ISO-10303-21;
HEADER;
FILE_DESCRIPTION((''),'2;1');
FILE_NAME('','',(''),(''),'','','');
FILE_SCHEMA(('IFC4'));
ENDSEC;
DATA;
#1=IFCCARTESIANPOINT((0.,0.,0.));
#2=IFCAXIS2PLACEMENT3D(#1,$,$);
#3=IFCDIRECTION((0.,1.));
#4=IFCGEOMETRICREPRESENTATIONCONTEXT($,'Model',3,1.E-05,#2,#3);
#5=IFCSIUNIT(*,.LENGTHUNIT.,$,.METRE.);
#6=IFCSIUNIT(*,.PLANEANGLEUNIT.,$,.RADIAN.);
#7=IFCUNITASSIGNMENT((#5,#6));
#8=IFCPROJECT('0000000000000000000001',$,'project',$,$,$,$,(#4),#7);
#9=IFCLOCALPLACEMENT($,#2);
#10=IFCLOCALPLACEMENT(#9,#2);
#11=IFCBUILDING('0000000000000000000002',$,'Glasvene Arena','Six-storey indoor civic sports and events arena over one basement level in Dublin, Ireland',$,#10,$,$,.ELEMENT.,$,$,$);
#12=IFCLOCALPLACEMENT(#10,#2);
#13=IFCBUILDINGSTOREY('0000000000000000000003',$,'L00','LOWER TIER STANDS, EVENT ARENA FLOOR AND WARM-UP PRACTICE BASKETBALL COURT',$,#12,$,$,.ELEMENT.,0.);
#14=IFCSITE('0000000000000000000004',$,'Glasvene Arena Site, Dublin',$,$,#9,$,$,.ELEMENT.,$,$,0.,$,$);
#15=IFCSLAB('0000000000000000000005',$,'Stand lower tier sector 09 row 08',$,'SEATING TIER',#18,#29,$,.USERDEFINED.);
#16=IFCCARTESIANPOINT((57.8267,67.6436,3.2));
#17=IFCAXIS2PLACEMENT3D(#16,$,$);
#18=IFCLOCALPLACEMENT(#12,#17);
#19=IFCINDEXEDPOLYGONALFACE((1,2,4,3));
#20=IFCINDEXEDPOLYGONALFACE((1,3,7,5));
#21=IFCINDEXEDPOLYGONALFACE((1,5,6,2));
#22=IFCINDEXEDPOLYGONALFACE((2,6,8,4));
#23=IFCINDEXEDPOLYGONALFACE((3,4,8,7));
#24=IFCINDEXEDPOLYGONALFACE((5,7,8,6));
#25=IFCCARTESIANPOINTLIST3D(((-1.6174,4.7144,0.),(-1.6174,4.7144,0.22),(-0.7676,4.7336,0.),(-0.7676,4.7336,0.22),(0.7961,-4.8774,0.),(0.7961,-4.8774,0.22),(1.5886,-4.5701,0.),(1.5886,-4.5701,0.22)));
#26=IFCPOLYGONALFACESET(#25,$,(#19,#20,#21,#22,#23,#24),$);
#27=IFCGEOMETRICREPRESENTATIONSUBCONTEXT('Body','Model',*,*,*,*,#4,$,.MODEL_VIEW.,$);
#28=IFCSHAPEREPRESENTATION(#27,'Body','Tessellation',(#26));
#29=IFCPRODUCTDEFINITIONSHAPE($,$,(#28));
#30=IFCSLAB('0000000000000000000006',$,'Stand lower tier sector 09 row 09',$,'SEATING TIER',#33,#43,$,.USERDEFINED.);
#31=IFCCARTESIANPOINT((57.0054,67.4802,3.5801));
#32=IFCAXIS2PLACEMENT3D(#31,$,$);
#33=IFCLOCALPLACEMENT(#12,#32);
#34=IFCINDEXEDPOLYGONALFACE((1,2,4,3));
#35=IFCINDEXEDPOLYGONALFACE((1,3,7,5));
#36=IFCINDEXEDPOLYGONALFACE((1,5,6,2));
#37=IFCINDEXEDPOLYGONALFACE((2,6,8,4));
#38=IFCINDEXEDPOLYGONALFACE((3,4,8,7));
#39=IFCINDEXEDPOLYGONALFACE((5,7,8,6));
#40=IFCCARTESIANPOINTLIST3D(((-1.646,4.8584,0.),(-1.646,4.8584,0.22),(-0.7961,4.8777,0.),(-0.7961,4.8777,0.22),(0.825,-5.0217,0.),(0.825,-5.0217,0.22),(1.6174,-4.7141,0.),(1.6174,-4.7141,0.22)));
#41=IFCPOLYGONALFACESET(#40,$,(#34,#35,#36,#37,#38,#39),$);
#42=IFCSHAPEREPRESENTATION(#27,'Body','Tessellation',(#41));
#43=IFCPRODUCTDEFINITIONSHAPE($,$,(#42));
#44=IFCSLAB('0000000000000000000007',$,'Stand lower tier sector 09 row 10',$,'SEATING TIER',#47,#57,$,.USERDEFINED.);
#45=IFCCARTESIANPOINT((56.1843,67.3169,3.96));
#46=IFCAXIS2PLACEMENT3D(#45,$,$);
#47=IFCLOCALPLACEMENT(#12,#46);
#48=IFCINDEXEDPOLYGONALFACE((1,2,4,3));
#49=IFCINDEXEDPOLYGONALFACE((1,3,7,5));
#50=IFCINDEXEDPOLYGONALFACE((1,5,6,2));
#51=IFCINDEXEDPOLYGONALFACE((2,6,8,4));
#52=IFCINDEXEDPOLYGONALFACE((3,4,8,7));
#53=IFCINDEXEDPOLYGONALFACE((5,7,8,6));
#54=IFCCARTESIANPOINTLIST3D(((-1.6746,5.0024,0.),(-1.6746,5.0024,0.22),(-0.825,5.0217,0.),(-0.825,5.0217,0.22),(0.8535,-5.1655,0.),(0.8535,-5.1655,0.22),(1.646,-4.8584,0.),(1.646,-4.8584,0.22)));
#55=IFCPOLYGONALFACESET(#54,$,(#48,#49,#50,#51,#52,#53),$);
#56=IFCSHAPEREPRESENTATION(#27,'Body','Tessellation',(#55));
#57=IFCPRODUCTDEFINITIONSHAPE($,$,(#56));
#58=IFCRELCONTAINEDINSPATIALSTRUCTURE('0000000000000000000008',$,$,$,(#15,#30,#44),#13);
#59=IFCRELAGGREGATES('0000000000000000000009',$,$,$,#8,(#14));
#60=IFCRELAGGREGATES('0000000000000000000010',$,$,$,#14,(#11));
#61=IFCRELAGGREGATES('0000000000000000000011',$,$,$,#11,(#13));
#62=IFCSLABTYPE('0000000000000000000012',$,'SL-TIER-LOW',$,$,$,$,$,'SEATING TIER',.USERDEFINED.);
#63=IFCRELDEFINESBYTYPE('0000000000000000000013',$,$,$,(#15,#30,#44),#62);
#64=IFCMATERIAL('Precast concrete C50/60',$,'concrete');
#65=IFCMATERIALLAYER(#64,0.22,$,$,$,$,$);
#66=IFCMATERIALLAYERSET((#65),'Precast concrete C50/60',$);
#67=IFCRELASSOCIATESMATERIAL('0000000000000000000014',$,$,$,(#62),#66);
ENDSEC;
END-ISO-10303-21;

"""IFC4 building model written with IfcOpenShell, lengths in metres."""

from ifc_helpers import new_model, si_unit, direction, frame, origin, place, context, subcontext, project, spatial, polyline, outline, extrude, material, layer, layer_set, type_object, element, save


model = new_model("IFC4")

# Units and contexts
model_context = context("Model", 3, precision=1e-05, world=origin(), true_north=direction((0.0, 1.0)))
body_context = subcontext(model_context, "Body", "Model", "MODEL_VIEW")
ifc_project = project(units=[si_unit("LENGTHUNIT", "METRE"), si_unit("PLANEANGLEUNIT", "RADIAN")], contexts=[model_context])

# Site, building, storey
site_placement = place(None, origin())
site = spatial("IfcSite", under=ifc_project, at=site_placement, Name="Glasvene Arena Site, Dublin", CompositionType="ELEMENT", RefElevation=0.0)
building_placement = place(site_placement, origin())
building = spatial("IfcBuilding", under=site, at=building_placement, Name="Glasvene Arena", Description="Six-storey indoor civic sports and events arena over one basement level in Dublin, Ireland", CompositionType="ELEMENT")
storey_placement = place(building_placement, origin())
storey = spatial("IfcBuildingStorey", under=building, at=storey_placement, Name="L00", Description="LOWER TIER STANDS, EVENT ARENA FLOOR AND WARM-UP PRACTICE BASKETBALL COURT", CompositionType="ELEMENT", Elevation=0.0)

# Shared definitions
ifc_material_1 = material(Name="Precast concrete C50/60", Category="concrete")

# Slabs
ifc_layer = layer(ifc_material_1, 0.22)
ifc_layer_set = layer_set([ifc_layer], Name="Precast concrete C50/60")
slab_type = type_object("IfcSlabType", Name="SL-TIER-LOW", ElementType="SEATING TIER", PredefinedType="USERDEFINED", material=ifc_layer_set)
slab_1_placement = place(storey_placement, frame((57.8267, 67.6436, 3.2)))
element("IfcSlab", 1, at=slab_1_placement, inside=storey, type_object=slab_type, Name="Stand lower tier sector 09 row 08", ObjectType="SEATING TIER", PredefinedType="USERDEFINED", context=body_context, shape_type="SweptSolid", body=[
    extrude(outline(polyline([(-0.7676, 4.7336), (1.5886, -4.5701), (0.7961, -4.8774), (-1.6174, 4.7144), (-0.7676, 4.7336)])), origin(), (0.0, 0.0, 1.0), 0.22),
])
slab_2_placement = place(storey_placement, frame((57.0054, 67.4802, 3.5801)))
element("IfcSlab", 2, at=slab_2_placement, inside=storey, type_object=slab_type, Name="Stand lower tier sector 09 row 09", ObjectType="SEATING TIER", PredefinedType="USERDEFINED", context=body_context, shape_type="SweptSolid", body=[
    extrude(outline(polyline([(-0.7961, 4.8777), (1.6174, -4.7141), (0.825, -5.0217), (-1.646, 4.8584), (-0.7961, 4.8777)])), origin(), (0.0, 0.0, 1.0), 0.22),
])
slab_3_placement = place(storey_placement, frame((56.1843, 67.3169, 3.96)))
element("IfcSlab", 3, at=slab_3_placement, inside=storey, type_object=slab_type, Name="Stand lower tier sector 09 row 10", ObjectType="SEATING TIER", PredefinedType="USERDEFINED", context=body_context, shape_type="SweptSolid", body=[
    extrude(outline(polyline([(-0.825, 5.0217), (1.646, -4.8584), (0.8535, -5.1655), (-1.6746, 5.0024), (-0.825, 5.0217)])), origin(), (0.0, 0.0, 1.0), 0.22),
])

save(model, "model.ifc")
